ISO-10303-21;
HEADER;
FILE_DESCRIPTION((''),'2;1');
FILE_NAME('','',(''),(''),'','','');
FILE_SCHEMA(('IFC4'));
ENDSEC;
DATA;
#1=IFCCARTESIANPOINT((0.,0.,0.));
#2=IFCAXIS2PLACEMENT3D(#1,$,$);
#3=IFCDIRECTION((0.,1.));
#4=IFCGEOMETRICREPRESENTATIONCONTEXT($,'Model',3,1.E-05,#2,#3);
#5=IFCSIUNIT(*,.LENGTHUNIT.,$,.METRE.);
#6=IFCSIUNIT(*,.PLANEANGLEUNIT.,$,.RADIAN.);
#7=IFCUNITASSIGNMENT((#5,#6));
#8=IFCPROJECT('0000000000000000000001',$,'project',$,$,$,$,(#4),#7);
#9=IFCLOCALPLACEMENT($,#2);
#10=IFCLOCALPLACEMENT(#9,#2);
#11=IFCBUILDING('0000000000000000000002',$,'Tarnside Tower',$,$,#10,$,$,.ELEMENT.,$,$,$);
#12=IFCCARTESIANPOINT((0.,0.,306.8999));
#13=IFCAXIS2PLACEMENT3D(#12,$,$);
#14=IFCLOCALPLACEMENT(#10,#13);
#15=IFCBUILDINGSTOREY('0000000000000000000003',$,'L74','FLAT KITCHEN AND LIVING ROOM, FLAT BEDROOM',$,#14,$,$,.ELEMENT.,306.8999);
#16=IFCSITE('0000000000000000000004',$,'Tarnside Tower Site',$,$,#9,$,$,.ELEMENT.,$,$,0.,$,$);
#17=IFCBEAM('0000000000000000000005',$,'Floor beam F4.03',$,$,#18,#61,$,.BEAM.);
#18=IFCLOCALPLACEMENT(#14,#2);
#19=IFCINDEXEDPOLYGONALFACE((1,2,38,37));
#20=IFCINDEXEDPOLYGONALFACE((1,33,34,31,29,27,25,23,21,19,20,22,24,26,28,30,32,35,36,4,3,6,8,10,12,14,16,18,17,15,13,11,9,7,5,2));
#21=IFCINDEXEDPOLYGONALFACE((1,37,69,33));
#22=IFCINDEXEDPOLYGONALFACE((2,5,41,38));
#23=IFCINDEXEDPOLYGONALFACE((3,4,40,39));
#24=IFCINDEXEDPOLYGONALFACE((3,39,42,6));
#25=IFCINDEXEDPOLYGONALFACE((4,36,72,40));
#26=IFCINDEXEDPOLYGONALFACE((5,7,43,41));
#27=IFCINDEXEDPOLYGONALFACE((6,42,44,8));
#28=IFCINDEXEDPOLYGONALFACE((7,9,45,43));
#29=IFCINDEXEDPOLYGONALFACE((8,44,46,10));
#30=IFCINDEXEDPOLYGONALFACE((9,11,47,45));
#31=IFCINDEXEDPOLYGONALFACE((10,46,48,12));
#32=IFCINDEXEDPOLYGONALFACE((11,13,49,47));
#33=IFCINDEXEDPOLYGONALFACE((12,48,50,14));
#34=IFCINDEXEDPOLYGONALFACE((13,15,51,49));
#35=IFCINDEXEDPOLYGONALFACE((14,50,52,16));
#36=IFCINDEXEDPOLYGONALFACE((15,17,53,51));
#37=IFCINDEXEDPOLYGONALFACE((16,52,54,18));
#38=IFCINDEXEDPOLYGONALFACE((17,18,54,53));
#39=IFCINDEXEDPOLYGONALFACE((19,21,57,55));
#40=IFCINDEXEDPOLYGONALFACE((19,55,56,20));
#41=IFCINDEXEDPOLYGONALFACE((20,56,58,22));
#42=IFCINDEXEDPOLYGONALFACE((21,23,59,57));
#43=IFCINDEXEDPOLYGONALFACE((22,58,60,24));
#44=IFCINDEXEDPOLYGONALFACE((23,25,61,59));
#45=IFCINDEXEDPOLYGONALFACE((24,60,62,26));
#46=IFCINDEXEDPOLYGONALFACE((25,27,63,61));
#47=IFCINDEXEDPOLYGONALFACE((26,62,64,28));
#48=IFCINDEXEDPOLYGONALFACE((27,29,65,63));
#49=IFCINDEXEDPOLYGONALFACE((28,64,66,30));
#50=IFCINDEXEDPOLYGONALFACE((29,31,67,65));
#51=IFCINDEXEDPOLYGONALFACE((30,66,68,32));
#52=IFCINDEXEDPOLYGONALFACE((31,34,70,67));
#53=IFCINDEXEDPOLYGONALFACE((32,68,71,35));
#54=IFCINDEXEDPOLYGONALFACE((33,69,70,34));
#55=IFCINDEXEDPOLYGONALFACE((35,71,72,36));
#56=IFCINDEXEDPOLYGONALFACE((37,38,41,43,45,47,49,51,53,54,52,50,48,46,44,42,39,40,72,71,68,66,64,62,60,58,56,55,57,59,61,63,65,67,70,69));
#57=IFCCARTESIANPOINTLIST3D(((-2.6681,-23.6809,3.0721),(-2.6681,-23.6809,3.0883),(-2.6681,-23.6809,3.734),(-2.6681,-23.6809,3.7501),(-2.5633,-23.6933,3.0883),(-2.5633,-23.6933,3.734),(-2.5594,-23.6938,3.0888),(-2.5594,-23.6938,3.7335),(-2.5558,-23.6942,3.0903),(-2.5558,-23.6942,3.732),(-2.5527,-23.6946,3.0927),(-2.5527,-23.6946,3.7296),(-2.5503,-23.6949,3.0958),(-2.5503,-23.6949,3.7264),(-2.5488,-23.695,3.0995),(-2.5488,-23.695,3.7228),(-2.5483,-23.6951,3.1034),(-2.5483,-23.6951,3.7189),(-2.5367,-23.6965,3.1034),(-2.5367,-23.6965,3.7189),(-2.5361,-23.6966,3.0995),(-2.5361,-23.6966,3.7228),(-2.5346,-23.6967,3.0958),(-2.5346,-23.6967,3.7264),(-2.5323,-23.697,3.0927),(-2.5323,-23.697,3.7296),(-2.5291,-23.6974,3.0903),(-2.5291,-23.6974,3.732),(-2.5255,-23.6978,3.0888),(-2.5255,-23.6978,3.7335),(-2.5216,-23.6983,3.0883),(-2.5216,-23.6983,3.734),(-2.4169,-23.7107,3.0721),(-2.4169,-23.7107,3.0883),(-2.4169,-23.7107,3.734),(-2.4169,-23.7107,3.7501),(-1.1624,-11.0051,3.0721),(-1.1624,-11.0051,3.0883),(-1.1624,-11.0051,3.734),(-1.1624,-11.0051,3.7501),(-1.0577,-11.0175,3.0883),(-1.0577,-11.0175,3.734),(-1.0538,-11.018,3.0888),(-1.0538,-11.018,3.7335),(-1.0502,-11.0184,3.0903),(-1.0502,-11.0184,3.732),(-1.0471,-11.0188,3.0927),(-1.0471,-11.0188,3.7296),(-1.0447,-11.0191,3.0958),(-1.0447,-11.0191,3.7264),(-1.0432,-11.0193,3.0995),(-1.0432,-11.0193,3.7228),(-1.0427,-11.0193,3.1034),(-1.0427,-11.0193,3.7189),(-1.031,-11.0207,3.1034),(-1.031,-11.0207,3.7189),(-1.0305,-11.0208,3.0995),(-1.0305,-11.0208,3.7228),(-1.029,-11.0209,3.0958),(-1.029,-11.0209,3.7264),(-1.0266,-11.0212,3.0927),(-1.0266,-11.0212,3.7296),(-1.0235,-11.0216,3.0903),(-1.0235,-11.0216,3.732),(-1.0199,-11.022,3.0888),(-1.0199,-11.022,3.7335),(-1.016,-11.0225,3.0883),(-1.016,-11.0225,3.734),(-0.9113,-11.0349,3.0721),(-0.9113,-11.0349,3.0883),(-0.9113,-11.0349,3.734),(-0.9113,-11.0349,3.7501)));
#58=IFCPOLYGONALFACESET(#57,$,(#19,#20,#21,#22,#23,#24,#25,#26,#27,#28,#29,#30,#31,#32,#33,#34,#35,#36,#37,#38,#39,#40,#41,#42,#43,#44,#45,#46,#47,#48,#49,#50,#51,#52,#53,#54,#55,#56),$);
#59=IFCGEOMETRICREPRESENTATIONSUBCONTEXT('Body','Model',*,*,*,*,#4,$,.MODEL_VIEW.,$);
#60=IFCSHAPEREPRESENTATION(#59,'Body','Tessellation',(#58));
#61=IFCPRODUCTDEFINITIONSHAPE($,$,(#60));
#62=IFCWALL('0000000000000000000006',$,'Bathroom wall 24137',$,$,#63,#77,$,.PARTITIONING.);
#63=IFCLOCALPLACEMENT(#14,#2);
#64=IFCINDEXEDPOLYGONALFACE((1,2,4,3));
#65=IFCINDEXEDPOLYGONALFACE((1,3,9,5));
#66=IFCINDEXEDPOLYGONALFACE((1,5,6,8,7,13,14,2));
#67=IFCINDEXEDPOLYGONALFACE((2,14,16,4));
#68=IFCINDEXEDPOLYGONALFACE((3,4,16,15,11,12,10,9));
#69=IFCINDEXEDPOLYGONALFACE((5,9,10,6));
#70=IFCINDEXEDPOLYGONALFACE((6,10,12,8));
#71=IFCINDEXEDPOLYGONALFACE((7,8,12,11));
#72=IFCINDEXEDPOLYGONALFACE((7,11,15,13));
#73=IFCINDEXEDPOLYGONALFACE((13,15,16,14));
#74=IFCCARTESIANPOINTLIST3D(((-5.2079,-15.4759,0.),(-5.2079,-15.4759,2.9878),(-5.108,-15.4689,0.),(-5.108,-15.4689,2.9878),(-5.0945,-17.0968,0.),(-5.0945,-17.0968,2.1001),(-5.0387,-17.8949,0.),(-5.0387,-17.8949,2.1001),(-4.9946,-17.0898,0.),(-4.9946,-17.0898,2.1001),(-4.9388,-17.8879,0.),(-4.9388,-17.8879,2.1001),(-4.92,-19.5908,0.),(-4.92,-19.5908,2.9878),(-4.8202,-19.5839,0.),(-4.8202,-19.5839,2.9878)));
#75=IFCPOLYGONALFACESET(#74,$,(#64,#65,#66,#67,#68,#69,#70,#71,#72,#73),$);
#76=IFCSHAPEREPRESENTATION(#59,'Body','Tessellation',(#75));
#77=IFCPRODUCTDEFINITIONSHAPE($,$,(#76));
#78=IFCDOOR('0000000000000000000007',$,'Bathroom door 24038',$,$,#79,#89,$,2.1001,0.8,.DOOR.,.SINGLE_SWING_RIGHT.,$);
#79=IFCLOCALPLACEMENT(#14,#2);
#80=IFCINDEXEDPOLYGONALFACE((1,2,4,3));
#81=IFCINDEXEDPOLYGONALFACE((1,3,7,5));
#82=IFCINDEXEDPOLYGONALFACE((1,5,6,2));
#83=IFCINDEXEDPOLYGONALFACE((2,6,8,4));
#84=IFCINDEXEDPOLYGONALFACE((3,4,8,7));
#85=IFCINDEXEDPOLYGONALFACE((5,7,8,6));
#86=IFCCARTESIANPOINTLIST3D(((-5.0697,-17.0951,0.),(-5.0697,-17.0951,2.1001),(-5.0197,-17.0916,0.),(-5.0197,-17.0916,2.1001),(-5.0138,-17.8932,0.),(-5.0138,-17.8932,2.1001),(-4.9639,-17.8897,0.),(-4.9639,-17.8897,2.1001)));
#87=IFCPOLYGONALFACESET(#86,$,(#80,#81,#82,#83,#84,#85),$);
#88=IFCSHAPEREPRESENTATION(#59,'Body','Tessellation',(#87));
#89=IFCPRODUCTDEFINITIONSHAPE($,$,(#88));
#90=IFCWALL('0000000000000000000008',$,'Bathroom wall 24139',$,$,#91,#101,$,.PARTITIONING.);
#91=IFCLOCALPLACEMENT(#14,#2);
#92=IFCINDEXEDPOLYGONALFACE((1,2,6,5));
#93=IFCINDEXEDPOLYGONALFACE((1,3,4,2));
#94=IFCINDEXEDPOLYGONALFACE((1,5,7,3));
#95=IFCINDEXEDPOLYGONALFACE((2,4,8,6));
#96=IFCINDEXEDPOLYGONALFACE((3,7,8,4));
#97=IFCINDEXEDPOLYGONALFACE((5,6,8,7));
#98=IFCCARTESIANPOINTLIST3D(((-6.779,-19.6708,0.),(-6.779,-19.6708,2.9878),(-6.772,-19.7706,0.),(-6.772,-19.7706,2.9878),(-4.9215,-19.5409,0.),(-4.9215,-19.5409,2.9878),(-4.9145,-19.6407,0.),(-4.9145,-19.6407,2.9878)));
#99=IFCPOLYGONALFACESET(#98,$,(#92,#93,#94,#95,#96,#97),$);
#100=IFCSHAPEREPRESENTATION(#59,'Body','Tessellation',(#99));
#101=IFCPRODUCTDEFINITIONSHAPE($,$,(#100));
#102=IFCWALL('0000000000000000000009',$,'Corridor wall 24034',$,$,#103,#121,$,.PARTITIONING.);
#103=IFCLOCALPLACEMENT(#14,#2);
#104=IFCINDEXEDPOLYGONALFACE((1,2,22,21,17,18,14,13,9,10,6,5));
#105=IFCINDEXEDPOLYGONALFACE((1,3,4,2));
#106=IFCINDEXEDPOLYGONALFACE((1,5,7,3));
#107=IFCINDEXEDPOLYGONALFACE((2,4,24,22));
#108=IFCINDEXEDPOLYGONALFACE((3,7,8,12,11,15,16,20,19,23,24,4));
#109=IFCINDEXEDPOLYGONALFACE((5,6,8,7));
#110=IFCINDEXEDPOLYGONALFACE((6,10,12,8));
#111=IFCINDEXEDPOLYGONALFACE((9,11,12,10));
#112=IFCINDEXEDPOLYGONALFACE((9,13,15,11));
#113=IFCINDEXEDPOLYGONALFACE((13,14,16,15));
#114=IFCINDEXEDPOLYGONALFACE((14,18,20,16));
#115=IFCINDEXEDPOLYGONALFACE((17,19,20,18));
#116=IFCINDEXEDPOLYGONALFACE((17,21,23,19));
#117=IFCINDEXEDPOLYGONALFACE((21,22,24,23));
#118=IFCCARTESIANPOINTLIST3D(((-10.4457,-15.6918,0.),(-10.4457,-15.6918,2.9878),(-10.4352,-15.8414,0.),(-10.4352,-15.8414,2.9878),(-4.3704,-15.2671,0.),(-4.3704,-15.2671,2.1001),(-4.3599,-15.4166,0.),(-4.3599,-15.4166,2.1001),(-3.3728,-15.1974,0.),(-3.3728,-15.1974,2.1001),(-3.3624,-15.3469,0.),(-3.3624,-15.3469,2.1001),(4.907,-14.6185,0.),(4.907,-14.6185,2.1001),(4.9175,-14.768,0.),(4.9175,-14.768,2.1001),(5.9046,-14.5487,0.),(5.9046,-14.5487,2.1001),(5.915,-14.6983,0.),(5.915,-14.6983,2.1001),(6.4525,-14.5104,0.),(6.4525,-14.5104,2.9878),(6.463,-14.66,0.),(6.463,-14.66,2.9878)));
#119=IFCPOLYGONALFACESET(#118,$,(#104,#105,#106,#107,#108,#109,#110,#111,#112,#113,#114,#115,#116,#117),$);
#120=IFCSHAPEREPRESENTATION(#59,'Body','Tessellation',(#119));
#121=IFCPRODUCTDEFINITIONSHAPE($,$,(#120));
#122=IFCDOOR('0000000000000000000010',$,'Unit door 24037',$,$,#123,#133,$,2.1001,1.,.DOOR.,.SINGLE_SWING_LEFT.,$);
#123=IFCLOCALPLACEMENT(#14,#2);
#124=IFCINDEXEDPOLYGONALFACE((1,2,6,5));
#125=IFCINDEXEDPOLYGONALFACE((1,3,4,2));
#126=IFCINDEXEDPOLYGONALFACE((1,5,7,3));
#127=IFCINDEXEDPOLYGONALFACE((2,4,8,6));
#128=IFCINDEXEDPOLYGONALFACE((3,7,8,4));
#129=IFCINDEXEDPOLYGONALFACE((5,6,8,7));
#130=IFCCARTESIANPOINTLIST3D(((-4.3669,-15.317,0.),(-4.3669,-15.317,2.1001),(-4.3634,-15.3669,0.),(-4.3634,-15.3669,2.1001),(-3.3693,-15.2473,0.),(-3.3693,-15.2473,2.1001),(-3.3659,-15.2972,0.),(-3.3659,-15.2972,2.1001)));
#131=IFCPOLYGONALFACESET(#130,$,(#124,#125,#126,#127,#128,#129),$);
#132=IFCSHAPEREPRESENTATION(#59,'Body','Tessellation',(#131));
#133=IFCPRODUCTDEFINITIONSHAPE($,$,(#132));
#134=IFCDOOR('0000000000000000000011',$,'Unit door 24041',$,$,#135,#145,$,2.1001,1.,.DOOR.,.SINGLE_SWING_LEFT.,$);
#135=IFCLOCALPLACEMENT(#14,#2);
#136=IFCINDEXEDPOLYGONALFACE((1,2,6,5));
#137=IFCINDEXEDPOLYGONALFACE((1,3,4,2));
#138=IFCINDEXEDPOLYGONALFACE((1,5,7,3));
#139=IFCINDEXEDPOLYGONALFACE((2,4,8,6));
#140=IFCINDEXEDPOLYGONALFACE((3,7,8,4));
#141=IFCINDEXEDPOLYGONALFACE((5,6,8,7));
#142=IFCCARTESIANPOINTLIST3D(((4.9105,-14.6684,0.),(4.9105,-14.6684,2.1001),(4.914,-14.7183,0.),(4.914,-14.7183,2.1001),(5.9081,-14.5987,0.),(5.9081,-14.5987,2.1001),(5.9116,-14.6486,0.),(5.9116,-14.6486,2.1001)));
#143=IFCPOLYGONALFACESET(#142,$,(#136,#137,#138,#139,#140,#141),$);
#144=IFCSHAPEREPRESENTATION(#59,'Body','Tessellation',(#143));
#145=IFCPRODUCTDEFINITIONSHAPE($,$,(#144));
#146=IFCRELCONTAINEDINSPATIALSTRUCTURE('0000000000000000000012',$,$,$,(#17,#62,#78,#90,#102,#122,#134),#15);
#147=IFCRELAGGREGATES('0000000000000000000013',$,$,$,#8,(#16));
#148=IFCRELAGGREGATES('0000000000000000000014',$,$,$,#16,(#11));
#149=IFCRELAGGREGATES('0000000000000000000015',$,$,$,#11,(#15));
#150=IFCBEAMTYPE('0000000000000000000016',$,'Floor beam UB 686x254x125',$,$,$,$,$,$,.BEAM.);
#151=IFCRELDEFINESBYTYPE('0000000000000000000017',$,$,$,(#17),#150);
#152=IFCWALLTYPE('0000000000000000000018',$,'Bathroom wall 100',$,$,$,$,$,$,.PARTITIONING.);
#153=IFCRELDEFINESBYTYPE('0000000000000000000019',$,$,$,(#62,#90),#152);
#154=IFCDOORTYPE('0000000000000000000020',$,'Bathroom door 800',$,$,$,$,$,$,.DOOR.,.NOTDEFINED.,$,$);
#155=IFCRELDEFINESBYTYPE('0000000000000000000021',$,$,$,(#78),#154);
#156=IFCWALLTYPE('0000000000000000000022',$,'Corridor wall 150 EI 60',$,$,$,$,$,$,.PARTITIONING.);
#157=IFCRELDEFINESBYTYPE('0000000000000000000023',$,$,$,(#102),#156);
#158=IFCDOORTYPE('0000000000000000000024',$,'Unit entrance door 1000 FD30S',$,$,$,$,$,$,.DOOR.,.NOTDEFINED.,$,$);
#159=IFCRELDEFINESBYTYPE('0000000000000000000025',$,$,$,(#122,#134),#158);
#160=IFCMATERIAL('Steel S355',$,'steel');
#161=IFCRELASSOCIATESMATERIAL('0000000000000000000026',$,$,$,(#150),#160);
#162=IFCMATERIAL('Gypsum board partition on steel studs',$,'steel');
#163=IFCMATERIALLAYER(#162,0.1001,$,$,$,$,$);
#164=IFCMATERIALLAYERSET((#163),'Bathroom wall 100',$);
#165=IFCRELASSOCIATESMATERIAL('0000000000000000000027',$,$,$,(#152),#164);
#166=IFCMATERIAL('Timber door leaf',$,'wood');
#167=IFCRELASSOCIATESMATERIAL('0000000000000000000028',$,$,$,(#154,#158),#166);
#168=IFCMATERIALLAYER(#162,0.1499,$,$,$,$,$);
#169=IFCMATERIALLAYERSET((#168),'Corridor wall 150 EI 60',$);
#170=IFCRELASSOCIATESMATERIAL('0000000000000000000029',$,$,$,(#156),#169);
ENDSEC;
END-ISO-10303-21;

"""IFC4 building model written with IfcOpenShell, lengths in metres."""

from ifc_helpers import new_model, si_unit, direction, frame, frame_2d, origin, origin_2d, place, context, subcontext, project, spatial, rectangle, i_section, extrude, material, layer, layer_set, material_profile, profile_set, type_object, element, fill, save


model = new_model("IFC4")

# Units and contexts
model_context = context("Model", 3, precision=1e-05, world=origin(), true_north=direction((0.0, 1.0)))
body_context = subcontext(model_context, "Body", "Model", "MODEL_VIEW")
ifc_project = project(units=[si_unit("LENGTHUNIT", "METRE"), si_unit("PLANEANGLEUNIT", "RADIAN")], contexts=[model_context])

# Site, building, storey
site_placement = place(None, origin())
site = spatial("IfcSite", under=ifc_project, at=site_placement, Name="Tarnside Tower Site", CompositionType="ELEMENT", RefElevation=0.0)
building_placement = place(site_placement, origin())
building = spatial("IfcBuilding", under=site, at=building_placement, Name="Tarnside Tower", CompositionType="ELEMENT")
storey_placement = place(building_placement, frame((0.0, 0.0, 306.8999)))
storey = spatial("IfcBuildingStorey", under=building, at=storey_placement, Name="L74", Description="FLAT KITCHEN AND LIVING ROOM, FLAT BEDROOM", CompositionType="ELEMENT", Elevation=306.8999)

# Beam
ifc_material_1 = material(Name="Steel S355", Category="steel")
ifc_material_profile = material_profile(ifc_material_1, i_section(OverallWidth=0.2529, OverallDepth=0.678, WebThickness=0.0117, FlangeThickness=0.0161, FilletRadius=0.0151, at=origin_2d()), Name="UB 686x254x125")
ifc_profile_set = profile_set([ifc_material_profile], Name="Steel S355")
beam_type = type_object("IfcBeamType", Name="Floor beam UB 686x254x125", PredefinedType="BEAM", material=ifc_profile_set)
beam_placement = place(storey_placement, frame((-2.5425, -23.6958, 3.4111), z_axis=(0.11795, 0.99302, 0.0), x_axis=(-0.99302, 0.11795, 0.0)))
element("IfcBeam", 1, at=beam_placement, inside=storey, type_object=beam_type, Name="Floor beam F4.03", PredefinedType="BEAM", context=body_context, shape_type="SweptSolid", body=[
    extrude(i_section(OverallWidth=0.2529, OverallDepth=0.678, WebThickness=0.0117, FlangeThickness=0.0161, FilletRadius=0.0151, at=origin_2d()), origin(), (0.0, 0.0, 1.0), 12.7649),
])

# Wall, opening, door
ifc_material_2 = material(Name="Gypsum board partition on steel studs", Category="steel")
ifc_layer_1 = layer(ifc_material_2, 0.1001)
ifc_layer_set_1 = layer_set([ifc_layer_1], Name="Bathroom wall 100")
wall_type_1 = type_object("IfcWallType", Name="Bathroom wall 100", PredefinedType="PARTITIONING", material=ifc_layer_set_1)
wall_1_placement = place(storey_placement, frame((-5.158, -15.4724, 0.0), z_axis=(0.0, 0.0, 1.0), x_axis=(0.069779, -0.997562, 0.0)))
wall_1 = element("IfcWall", 2, at=wall_1_placement, inside=storey, type_object=wall_type_1, Name="Bathroom wall 24137", PredefinedType="PARTITIONING", context=body_context, shape_type="SweptSolid", body=[
    extrude(rectangle(XDim=4.125, YDim=0.1001, at=frame_2d((2.0625, 0.0))), origin(), (0.0, 0.0, 1.0), 2.9878),
])
opening_1_placement = place(wall_1_placement, frame((1.625, 0.0, 0.0)))
opening_1 = element("IfcOpeningElement", 3, at=opening_1_placement, cuts=wall_1, PredefinedType="OPENING", context=body_context, shape_type="SweptSolid", body=[
    extrude(rectangle(XDim=0.8, YDim=2.1001, at=frame_2d((0.3999, 1.05))), frame((0.0, 0.0601, 0.0), z_axis=(0.0, -1.0, 0.0), x_axis=(1.0, 0.0, 0.0)), (0.0, 0.0, 1.0), 0.1201),
])
ifc_material_3 = material(Name="Timber door leaf", Category="wood")
door_type_1 = type_object("IfcDoorType", Name="Bathroom door 800", OperationType="NOTDEFINED", PredefinedType="DOOR", material=ifc_material_3)
door_1_placement = place(opening_1_placement, origin())
door_1 = element("IfcDoor", 4, at=door_1_placement, inside=storey, type_object=door_type_1, Name="Bathroom door 24038", OperationType="SINGLE_SWING_RIGHT", OverallHeight=2.1001, OverallWidth=0.8, PredefinedType="DOOR", context=body_context, shape_type="SweptSolid", body=[
    extrude(rectangle(XDim=0.8, YDim=2.1001, at=frame_2d((0.3999, 1.05))), frame((0.0, 0.0249, 0.0), z_axis=(0.0, -1.0, 0.0), x_axis=(1.0, 0.0, 0.0)), (0.0, 0.0, 1.0), 0.05),
])
fill(opening_1, door_1)

# Wall
wall_2_placement = place(storey_placement, frame((-6.7756, -19.7207, 0.0), z_axis=(0.0, 0.0, 1.0), x_axis=(0.997564, 0.069756, 0.0)))
element("IfcWall", 5, at=wall_2_placement, inside=storey, type_object=wall_type_1, Name="Bathroom wall 24139", PredefinedType="PARTITIONING", context=body_context, shape_type="SweptSolid", body=[
    extrude(rectangle(XDim=1.8621, YDim=0.1001, at=frame_2d((0.9312, 0.0))), origin(), (0.0, 0.0, 1.0), 2.9878),
])

# Wall, openings, doors
ifc_layer_2 = layer(ifc_material_2, 0.1499)
ifc_layer_set_2 = layer_set([ifc_layer_2], Name="Corridor wall 150 EI 60")
wall_type_2 = type_object("IfcWallType", Name="Corridor wall 150 EI 60", PredefinedType="PARTITIONING", material=ifc_layer_set_2)
wall_3_placement = place(storey_placement, frame((-10.4404, -15.7666, 0.0), z_axis=(0.0, 0.0, 1.0), x_axis=(0.997565, 0.069742, 0.0)))
wall_3 = element("IfcWall", 6, at=wall_3_placement, inside=storey, type_object=wall_type_2, Name="Corridor wall 24034", PredefinedType="PARTITIONING", context=body_context, shape_type="SweptSolid", body=[
    extrude(rectangle(XDim=16.9395, YDim=0.1499, at=frame_2d((8.4697, 0.0))), origin(), (0.0, 0.0, 1.0), 2.9878),
])
opening_2_placement = place(wall_3_placement, frame((6.0901, 0.0, 0.0)))
opening_2 = element("IfcOpeningElement", 7, at=opening_2_placement, cuts=wall_3, PredefinedType="OPENING", context=body_context, shape_type="SweptSolid", body=[
    extrude(rectangle(XDim=1.0, YDim=2.1001, at=frame_2d((0.5, 1.05))), frame((0.0, 0.085, 0.0), z_axis=(0.0, -1.0, 0.0), x_axis=(1.0, 0.0, 0.0)), (0.0, 0.0, 1.0), 0.1699),
])
opening_3_placement = place(wall_3_placement, frame((15.3901, 0.0, 0.0)))
opening_3 = element("IfcOpeningElement", 8, at=opening_3_placement, cuts=wall_3, PredefinedType="OPENING", context=body_context, shape_type="SweptSolid", body=[
    extrude(rectangle(XDim=1.0, YDim=2.1001, at=frame_2d((0.5, 1.05))), frame((0.0, 0.085, 0.0), z_axis=(0.0, -1.0, 0.0), x_axis=(1.0, 0.0, 0.0)), (0.0, 0.0, 1.0), 0.1699),
])
door_type_2 = type_object("IfcDoorType", Name="Unit entrance door 1000 FD30S", OperationType="NOTDEFINED", PredefinedType="DOOR", material=ifc_material_3)
door_2_placement = place(opening_2_placement, origin())
door_2 = element("IfcDoor", 9, at=door_2_placement, inside=storey, type_object=door_type_2, Name="Unit door 24037", OperationType="SINGLE_SWING_LEFT", OverallHeight=2.1001, OverallWidth=1.0, PredefinedType="DOOR", context=body_context, shape_type="SweptSolid", body=[
    extrude(rectangle(XDim=1.0, YDim=2.1001, at=frame_2d((0.5, 1.05))), frame((0.0, 0.0249, 0.0), z_axis=(0.0, -1.0, 0.0), x_axis=(1.0, 0.0, 0.0)), (0.0, 0.0, 1.0), 0.05),
])
fill(opening_2, door_2)
door_3_placement = place(opening_3_placement, origin())
door_3 = element("IfcDoor", 10, at=door_3_placement, inside=storey, type_object=door_type_2, Name="Unit door 24041", OperationType="SINGLE_SWING_LEFT", OverallHeight=2.1001, OverallWidth=1.0, PredefinedType="DOOR", context=body_context, shape_type="SweptSolid", body=[
    extrude(rectangle(XDim=1.0, YDim=2.1001, at=frame_2d((0.5, 1.05))), frame((0.0, 0.0249, 0.0), z_axis=(0.0, -1.0, 0.0), x_axis=(1.0, 0.0, 0.0)), (0.0, 0.0, 1.0), 0.05),
])
fill(opening_3, door_3)

save(model, "model.ifc")
